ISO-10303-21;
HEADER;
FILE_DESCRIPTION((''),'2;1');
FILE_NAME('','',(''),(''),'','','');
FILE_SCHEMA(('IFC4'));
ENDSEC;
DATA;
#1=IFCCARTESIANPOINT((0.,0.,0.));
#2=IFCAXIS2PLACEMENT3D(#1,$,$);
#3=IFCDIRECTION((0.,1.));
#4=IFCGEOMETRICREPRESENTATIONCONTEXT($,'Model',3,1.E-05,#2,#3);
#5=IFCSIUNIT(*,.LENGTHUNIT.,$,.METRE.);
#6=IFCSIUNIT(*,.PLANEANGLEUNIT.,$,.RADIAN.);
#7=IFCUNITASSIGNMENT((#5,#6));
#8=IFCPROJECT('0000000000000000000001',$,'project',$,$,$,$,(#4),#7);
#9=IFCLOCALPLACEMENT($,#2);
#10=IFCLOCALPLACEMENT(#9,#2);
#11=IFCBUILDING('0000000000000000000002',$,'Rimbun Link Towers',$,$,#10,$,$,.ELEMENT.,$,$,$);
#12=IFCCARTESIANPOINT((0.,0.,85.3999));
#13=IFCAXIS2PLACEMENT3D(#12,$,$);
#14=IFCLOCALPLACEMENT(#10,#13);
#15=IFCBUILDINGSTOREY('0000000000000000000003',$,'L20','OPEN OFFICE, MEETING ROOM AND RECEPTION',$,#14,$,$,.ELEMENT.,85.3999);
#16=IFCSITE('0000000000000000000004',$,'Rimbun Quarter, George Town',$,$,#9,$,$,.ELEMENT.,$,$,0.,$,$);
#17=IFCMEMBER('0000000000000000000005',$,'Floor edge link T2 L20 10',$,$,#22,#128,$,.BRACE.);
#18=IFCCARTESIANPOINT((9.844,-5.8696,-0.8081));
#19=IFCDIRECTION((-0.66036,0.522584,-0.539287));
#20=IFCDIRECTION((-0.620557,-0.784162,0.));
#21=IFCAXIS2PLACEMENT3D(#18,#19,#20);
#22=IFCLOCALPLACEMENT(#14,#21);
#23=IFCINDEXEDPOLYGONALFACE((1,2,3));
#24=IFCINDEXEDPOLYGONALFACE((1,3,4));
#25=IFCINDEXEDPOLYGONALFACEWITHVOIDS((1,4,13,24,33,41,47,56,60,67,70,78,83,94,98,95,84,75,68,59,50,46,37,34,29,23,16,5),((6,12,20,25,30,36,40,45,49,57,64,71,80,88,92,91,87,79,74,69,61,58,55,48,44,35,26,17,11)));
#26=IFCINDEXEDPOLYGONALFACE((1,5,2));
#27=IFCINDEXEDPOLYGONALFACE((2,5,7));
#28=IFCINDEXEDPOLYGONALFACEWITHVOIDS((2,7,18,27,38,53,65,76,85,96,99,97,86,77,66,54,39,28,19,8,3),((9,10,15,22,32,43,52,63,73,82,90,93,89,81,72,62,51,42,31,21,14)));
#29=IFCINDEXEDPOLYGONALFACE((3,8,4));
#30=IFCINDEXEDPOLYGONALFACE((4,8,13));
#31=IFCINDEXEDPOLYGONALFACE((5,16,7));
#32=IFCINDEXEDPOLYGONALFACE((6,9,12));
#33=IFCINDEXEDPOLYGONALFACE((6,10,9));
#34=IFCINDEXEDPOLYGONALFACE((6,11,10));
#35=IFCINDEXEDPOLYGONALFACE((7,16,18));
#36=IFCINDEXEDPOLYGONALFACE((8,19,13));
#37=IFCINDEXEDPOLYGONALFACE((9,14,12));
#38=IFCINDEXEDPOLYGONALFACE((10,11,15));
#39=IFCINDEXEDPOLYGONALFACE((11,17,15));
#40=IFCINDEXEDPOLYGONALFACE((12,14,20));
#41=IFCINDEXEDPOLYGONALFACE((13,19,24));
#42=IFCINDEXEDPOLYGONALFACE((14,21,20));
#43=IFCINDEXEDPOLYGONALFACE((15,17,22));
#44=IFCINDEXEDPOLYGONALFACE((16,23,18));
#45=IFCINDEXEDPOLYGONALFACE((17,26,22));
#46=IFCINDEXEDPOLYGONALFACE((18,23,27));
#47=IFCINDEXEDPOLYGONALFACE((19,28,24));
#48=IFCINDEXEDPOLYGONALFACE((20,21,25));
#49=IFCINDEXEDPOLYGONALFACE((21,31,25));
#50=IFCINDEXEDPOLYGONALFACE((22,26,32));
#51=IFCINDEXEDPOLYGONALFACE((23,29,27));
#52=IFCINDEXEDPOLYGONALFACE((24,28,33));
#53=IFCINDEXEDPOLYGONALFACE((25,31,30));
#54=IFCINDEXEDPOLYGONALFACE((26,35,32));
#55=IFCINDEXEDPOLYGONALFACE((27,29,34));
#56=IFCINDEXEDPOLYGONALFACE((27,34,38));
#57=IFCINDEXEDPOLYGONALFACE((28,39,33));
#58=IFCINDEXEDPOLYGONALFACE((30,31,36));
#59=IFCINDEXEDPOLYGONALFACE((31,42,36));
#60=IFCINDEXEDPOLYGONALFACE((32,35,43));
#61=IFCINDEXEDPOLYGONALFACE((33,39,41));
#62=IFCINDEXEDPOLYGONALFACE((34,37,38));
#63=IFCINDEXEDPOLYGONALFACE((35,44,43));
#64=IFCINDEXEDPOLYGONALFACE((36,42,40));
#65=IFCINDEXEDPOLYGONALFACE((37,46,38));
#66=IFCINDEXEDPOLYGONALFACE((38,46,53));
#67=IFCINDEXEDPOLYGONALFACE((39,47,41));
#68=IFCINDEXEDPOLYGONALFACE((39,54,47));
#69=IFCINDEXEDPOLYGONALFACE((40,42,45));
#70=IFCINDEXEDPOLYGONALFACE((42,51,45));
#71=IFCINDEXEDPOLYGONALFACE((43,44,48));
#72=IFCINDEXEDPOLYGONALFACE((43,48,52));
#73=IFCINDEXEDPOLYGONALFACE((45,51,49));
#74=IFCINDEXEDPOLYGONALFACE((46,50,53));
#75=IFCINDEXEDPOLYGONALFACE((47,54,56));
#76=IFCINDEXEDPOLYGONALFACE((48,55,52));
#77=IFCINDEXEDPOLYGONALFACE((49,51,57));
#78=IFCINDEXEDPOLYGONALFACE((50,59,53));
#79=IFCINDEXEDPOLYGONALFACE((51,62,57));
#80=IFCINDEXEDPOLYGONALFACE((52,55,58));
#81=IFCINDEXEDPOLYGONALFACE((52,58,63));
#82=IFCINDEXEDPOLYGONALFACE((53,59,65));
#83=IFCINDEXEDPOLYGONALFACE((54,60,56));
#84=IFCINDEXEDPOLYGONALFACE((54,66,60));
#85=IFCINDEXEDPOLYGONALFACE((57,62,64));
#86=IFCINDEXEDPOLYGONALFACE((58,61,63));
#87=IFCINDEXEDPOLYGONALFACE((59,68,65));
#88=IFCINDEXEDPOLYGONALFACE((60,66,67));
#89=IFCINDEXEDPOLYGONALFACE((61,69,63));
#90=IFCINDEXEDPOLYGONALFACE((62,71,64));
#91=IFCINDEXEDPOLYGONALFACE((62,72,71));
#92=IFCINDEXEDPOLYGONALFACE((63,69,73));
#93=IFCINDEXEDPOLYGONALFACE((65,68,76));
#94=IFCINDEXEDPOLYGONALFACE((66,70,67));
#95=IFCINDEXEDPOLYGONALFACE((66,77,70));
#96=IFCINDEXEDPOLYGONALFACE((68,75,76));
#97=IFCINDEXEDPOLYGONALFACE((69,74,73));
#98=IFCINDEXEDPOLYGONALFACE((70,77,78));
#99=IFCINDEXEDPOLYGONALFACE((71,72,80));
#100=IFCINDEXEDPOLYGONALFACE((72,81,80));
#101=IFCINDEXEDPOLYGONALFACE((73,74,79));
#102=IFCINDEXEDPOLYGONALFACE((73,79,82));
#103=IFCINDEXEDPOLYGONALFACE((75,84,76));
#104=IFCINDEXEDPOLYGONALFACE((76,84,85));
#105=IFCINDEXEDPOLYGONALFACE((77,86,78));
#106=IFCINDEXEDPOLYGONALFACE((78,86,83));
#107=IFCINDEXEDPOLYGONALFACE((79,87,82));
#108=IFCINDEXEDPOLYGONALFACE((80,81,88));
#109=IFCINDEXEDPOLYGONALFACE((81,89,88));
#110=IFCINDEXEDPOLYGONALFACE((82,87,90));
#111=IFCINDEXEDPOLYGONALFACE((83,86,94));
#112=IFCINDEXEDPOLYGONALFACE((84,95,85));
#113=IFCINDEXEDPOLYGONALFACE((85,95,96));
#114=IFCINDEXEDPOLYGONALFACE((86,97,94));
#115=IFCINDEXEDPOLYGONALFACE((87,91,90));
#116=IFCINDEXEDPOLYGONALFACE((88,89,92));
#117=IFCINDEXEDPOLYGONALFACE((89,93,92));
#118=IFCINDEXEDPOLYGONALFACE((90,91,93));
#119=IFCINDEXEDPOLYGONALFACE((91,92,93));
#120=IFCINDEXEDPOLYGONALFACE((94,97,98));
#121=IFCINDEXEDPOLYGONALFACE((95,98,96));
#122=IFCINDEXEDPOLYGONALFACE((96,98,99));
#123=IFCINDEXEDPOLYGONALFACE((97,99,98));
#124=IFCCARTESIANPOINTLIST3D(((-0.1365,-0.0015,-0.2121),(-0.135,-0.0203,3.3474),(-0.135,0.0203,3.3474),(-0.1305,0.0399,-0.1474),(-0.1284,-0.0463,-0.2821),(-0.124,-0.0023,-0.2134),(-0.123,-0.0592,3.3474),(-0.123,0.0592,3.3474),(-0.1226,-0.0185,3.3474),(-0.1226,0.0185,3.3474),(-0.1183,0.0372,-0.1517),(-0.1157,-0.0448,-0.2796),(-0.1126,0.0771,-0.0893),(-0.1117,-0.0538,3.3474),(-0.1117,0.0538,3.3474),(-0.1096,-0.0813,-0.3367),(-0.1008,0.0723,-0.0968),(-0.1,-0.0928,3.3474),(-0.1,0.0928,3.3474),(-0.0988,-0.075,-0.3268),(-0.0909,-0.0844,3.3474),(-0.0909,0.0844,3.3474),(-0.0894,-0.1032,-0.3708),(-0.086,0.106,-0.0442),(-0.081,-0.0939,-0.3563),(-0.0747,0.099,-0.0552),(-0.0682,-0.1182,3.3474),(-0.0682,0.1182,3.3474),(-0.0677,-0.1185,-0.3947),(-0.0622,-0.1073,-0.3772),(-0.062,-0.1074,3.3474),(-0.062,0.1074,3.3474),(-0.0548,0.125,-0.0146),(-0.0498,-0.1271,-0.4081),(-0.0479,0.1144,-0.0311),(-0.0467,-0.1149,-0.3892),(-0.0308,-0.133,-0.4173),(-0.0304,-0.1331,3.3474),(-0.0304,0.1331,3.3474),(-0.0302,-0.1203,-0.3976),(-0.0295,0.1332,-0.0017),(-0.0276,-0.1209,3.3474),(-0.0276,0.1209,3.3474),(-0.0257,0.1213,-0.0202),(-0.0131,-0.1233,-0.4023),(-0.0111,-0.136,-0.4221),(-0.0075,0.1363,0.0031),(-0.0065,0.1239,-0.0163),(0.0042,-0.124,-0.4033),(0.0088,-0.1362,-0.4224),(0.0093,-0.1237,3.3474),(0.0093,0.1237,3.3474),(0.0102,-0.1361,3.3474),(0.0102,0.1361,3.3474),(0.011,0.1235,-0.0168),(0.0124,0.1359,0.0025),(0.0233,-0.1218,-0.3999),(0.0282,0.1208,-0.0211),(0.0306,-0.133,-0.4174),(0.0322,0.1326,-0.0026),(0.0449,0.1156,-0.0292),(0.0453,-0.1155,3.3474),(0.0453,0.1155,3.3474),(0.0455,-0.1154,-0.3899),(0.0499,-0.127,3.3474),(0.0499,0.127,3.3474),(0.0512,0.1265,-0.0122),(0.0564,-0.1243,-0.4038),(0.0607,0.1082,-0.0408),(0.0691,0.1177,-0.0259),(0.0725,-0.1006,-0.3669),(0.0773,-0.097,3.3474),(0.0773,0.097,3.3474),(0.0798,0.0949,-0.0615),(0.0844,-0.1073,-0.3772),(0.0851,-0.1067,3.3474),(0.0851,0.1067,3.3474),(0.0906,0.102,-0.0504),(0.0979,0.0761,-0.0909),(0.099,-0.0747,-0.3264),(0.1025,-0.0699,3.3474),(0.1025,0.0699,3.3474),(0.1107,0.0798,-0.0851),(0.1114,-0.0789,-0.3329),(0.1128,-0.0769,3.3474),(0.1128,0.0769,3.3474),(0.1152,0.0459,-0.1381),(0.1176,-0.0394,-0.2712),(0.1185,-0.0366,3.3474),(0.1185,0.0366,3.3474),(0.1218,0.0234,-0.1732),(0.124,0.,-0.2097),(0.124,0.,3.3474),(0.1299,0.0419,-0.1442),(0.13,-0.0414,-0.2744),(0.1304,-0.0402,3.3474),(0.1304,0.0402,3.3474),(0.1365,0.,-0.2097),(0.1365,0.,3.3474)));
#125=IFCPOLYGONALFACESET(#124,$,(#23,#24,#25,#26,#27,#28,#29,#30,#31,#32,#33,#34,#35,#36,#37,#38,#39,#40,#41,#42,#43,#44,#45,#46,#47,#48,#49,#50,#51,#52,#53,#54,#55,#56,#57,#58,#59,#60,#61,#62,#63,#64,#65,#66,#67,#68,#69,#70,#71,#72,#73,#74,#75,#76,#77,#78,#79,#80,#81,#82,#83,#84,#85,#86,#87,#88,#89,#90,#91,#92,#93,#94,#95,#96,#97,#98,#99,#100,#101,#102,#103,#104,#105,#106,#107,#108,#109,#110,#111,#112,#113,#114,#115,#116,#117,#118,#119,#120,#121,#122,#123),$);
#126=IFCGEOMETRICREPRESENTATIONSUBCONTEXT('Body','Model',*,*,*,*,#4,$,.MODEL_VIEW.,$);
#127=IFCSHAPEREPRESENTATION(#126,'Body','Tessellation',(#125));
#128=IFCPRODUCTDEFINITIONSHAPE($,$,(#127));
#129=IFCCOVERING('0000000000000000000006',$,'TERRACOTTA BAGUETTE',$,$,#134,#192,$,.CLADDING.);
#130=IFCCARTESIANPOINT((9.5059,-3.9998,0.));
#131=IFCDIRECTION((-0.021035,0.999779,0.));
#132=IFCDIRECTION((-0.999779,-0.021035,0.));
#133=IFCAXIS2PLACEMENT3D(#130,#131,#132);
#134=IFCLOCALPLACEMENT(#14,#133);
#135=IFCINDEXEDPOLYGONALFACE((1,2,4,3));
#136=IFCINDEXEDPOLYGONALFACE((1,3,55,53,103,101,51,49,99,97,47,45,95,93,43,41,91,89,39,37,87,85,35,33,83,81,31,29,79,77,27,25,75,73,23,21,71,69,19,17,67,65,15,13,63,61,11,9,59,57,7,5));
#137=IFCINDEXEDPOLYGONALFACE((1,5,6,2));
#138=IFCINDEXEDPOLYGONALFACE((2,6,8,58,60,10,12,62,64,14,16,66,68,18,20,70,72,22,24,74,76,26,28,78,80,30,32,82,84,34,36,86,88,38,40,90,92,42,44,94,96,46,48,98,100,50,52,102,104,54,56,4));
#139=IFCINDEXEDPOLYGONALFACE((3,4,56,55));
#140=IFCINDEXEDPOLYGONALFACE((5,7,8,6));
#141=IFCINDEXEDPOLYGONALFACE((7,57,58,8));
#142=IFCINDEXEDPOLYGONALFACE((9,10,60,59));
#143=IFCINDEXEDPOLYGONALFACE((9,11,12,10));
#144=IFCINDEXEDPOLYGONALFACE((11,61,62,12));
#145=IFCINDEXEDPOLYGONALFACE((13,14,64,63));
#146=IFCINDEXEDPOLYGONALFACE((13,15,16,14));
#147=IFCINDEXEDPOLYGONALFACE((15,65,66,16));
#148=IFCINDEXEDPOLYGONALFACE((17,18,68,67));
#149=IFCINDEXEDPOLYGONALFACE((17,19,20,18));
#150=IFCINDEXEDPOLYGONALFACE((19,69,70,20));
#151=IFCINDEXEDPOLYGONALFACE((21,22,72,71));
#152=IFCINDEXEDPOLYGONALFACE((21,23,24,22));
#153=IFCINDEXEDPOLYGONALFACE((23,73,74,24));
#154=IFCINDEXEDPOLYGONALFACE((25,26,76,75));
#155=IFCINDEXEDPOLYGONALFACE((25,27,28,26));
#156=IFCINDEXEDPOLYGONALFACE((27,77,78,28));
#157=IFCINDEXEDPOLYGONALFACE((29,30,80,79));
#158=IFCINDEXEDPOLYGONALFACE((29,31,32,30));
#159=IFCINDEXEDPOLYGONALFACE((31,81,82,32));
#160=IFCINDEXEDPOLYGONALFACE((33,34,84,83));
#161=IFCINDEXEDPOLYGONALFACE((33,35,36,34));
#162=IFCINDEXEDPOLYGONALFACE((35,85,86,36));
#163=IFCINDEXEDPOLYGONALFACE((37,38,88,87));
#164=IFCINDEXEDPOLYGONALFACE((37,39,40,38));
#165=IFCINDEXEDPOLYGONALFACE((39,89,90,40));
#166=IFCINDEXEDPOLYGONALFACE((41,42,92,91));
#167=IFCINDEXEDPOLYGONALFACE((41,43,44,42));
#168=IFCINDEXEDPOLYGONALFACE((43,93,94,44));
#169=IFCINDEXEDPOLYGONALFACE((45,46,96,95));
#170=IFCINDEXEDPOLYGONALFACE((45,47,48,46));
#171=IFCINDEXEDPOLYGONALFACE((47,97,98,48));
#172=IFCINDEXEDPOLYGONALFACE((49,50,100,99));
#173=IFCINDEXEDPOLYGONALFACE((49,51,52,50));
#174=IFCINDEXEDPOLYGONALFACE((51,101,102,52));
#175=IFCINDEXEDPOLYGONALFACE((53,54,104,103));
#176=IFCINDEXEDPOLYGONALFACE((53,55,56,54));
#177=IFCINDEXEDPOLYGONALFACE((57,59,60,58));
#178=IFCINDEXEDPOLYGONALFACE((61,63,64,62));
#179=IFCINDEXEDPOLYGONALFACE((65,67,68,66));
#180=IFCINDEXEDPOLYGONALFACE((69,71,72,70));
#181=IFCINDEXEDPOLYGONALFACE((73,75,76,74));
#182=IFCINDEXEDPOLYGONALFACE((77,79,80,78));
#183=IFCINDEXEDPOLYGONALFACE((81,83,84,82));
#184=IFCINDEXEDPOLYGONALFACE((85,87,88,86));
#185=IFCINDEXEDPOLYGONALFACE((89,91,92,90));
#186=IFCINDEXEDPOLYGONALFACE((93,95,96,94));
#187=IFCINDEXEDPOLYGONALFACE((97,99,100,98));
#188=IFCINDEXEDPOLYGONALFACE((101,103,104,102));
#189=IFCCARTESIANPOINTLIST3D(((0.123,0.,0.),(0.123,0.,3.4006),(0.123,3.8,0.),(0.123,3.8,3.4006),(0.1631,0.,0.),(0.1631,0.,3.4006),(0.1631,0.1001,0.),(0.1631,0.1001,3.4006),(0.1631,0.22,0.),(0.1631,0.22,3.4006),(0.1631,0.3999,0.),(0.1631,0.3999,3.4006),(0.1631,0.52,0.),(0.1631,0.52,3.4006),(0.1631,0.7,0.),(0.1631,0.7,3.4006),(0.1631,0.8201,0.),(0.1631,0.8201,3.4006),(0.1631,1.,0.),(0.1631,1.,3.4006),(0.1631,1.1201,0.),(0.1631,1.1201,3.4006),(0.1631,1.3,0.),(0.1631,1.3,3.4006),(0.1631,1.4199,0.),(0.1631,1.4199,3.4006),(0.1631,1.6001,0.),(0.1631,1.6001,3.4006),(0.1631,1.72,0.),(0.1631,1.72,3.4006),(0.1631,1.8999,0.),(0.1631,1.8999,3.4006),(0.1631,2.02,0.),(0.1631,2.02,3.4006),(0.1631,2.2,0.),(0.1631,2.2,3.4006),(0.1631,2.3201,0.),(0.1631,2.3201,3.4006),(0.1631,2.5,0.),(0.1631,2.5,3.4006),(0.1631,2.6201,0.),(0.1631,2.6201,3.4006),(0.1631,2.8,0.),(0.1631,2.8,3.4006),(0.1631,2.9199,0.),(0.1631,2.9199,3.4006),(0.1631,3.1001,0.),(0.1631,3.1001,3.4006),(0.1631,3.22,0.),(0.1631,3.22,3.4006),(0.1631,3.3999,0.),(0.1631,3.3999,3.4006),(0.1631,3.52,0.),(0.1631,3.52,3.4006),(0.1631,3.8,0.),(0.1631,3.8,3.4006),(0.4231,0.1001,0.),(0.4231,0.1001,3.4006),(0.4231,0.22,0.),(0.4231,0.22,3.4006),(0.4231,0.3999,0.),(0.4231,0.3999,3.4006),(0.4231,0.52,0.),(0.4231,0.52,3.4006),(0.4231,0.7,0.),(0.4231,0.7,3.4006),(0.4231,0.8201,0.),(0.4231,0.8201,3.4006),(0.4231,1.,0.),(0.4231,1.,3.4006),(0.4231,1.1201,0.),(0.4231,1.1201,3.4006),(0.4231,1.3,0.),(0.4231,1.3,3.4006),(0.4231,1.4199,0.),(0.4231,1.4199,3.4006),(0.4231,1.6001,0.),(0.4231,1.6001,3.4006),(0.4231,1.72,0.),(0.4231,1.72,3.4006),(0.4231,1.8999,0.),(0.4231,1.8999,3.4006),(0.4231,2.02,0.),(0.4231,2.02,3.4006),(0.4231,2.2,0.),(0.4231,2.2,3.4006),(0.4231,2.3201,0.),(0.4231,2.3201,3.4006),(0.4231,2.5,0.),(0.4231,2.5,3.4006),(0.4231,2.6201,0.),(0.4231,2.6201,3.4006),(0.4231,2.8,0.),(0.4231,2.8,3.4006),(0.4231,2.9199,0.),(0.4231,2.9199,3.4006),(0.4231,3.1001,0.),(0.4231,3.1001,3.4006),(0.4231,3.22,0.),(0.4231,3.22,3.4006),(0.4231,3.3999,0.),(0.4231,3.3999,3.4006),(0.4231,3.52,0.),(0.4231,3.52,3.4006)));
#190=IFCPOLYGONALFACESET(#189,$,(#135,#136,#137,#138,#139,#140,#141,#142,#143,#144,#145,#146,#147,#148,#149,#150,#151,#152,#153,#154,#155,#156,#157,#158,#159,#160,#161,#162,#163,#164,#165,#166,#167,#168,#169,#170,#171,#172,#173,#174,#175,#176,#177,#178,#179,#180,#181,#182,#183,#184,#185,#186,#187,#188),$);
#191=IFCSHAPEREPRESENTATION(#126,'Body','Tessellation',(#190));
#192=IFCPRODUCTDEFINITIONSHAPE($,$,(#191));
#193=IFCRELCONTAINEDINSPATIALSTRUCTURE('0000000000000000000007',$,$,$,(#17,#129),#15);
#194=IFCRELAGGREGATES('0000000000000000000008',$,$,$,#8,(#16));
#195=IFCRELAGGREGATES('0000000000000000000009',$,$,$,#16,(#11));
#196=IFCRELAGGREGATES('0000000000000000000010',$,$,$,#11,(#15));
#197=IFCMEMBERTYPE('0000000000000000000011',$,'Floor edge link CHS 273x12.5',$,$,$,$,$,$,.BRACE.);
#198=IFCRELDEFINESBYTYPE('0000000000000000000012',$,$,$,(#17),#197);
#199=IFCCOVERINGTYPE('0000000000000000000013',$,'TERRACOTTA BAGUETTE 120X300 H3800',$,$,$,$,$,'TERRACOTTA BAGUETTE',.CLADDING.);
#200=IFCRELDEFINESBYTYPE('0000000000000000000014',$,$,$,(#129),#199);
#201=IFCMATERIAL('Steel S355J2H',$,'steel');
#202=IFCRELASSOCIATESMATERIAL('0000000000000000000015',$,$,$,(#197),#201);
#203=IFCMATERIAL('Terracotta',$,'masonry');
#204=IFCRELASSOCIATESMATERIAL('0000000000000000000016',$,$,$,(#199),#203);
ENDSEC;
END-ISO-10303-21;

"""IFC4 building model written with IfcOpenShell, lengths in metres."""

from ifc_helpers import new_model, si_unit, direction, frame, origin, origin_2d, place, context, subcontext, project, spatial, polyline, hollow_circle, outline, extrude, clip, halfspace, material, material_profile, profile_set, type_object, element, save


model = new_model("IFC4")

# Units and contexts
model_context = context("Model", 3, precision=1e-05, world=origin(), true_north=direction((0.0, 1.0)))
body_context = subcontext(model_context, "Body", "Model", "MODEL_VIEW")
ifc_project = project(units=[si_unit("LENGTHUNIT", "METRE"), si_unit("PLANEANGLEUNIT", "RADIAN")], contexts=[model_context])

# Site, building, storey
site_placement = place(None, origin())
site = spatial("IfcSite", under=ifc_project, at=site_placement, Name="Rimbun Quarter, George Town", CompositionType="ELEMENT", RefElevation=0.0)
building_placement = place(site_placement, origin())
building = spatial("IfcBuilding", under=site, at=building_placement, Name="Rimbun Link Towers", CompositionType="ELEMENT")
storey_placement = place(building_placement, frame((0.0, 0.0, 85.3999)))
storey = spatial("IfcBuildingStorey", under=building, at=storey_placement, Name="L20", Description="OPEN OFFICE, MEETING ROOM AND RECEPTION", CompositionType="ELEMENT", Elevation=85.3999)

# Member
ifc_material_1 = material(Name="Steel S355J2H", Category="steel")
ifc_material_profile_1 = material_profile(ifc_material_1, hollow_circle(Radius=0.1365, WallThickness=0.0125, at=origin_2d()), Name="CHS 273x12.5")
ifc_profile_set_1 = profile_set([ifc_material_profile_1], Name="Steel S355J2H")
member_type_1 = type_object("IfcMemberType", Name="Floor edge link CHS 273x12.5", PredefinedType="BRACE", material=ifc_profile_set_1)
member_1_placement = place(storey_placement, frame((9.844, -5.8696, -0.8081), z_axis=(-0.66036, 0.522584, -0.539287), x_axis=(-0.620557, -0.784162, 0.0)))
element("IfcMember", 1, at=member_1_placement, inside=storey, type_object=member_type_1, Name="Floor edge link T2 L20 10", PredefinedType="BRACE", context=body_context, shape_type="Clipping", body=[
    clip(extrude(hollow_circle(Radius=0.1365, WallThickness=0.0125, at=origin_2d()), frame((0.0, 0.0, -0.4448)), (0.0, 0.0, 1.0), 3.7922), halfspace(frame((0.0, 0.0, -0.2097), z_axis=(0.0, 0.842122, -0.539287)), False)),
])

# Covering
ifc_material_2 = material(Name="Terracotta", Category="masonry")
ifc_material_profile_2 = material_profile(ifc_material_2, outline(polyline([(0.123, 0.0), (0.1631, 0.0), (0.1631, 0.1001), (0.4231, 0.1001), (0.4231, 0.22), (0.1631, 0.22), (0.1631, 0.3999), (0.4231, 0.3999), (0.4231, 0.52), (0.1631, 0.52), (0.1631, 0.7), (0.4231, 0.7), (0.4231, 0.8201), (0.1631, 0.8201), (0.1631, 1.0), (0.4231, 1.0), (0.4231, 1.1201), (0.1631, 1.1201), (0.1631, 1.3), (0.4231, 1.3), (0.4231, 1.4199), (0.1631, 1.4199), (0.1631, 1.6001), (0.4231, 1.6001), (0.4231, 1.72), (0.1631, 1.72), (0.1631, 1.8999), (0.4231, 1.8999), (0.4231, 2.02), (0.1631, 2.02), (0.1631, 2.2), (0.4231, 2.2), (0.4231, 2.3201), (0.1631, 2.3201), (0.1631, 2.5), (0.4231, 2.5), (0.4231, 2.6201), (0.1631, 2.6201), (0.1631, 2.8), (0.4231, 2.8), (0.4231, 2.9199), (0.1631, 2.9199), (0.1631, 3.1001), (0.4231, 3.1001), (0.4231, 3.22), (0.1631, 3.22), (0.1631, 3.3999), (0.4231, 3.3999), (0.4231, 3.52), (0.1631, 3.52), (0.1631, 3.8), (0.123, 3.8), (0.123, 0.0)])), Name="BAGUETTE 120X300")
ifc_profile_set_2 = profile_set([ifc_material_profile_2], Name="Terracotta")
covering_type_1 = type_object("IfcCoveringType", Name="TERRACOTTA BAGUETTE 120X300 H3800", ElementType="TERRACOTTA BAGUETTE", PredefinedType="CLADDING", material=ifc_profile_set_2)
covering_1_placement = place(storey_placement, frame((9.5059, -3.9998, 0.0), z_axis=(-0.021035, 0.999779, 0.0), x_axis=(-0.999779, -0.021035, 0.0)))
element("IfcCovering", 2, at=covering_1_placement, inside=storey, type_object=covering_type_1, Name="TERRACOTTA BAGUETTE", PredefinedType="CLADDING", context=body_context, shape_type="SweptSolid", body=[
    extrude(outline(polyline([(0.123, 0.0), (0.1631, 0.0), (0.1631, 0.1001), (0.4231, 0.1001), (0.4231, 0.22), (0.1631, 0.22), (0.1631, 0.3999), (0.4231, 0.3999), (0.4231, 0.52), (0.1631, 0.52), (0.1631, 0.7), (0.4231, 0.7), (0.4231, 0.8201), (0.1631, 0.8201), (0.1631, 1.0), (0.4231, 1.0), (0.4231, 1.1201), (0.1631, 1.1201), (0.1631, 1.3), (0.4231, 1.3), (0.4231, 1.4199), (0.1631, 1.4199), (0.1631, 1.6001), (0.4231, 1.6001), (0.4231, 1.72), (0.1631, 1.72), (0.1631, 1.8999), (0.4231, 1.8999), (0.4231, 2.02), (0.1631, 2.02), (0.1631, 2.2), (0.4231, 2.2), (0.4231, 2.3201), (0.1631, 2.3201), (0.1631, 2.5), (0.4231, 2.5), (0.4231, 2.6201), (0.1631, 2.6201), (0.1631, 2.8), (0.4231, 2.8), (0.4231, 2.9199), (0.1631, 2.9199), (0.1631, 3.1001), (0.4231, 3.1001), (0.4231, 3.22), (0.1631, 3.22), (0.1631, 3.3999), (0.4231, 3.3999), (0.4231, 3.52), (0.1631, 3.52), (0.1631, 3.8), (0.123, 3.8), (0.123, 0.0)])), origin(), (0.0, 0.0, 1.0), 3.4006),
])

save(model, "model.ifc")
